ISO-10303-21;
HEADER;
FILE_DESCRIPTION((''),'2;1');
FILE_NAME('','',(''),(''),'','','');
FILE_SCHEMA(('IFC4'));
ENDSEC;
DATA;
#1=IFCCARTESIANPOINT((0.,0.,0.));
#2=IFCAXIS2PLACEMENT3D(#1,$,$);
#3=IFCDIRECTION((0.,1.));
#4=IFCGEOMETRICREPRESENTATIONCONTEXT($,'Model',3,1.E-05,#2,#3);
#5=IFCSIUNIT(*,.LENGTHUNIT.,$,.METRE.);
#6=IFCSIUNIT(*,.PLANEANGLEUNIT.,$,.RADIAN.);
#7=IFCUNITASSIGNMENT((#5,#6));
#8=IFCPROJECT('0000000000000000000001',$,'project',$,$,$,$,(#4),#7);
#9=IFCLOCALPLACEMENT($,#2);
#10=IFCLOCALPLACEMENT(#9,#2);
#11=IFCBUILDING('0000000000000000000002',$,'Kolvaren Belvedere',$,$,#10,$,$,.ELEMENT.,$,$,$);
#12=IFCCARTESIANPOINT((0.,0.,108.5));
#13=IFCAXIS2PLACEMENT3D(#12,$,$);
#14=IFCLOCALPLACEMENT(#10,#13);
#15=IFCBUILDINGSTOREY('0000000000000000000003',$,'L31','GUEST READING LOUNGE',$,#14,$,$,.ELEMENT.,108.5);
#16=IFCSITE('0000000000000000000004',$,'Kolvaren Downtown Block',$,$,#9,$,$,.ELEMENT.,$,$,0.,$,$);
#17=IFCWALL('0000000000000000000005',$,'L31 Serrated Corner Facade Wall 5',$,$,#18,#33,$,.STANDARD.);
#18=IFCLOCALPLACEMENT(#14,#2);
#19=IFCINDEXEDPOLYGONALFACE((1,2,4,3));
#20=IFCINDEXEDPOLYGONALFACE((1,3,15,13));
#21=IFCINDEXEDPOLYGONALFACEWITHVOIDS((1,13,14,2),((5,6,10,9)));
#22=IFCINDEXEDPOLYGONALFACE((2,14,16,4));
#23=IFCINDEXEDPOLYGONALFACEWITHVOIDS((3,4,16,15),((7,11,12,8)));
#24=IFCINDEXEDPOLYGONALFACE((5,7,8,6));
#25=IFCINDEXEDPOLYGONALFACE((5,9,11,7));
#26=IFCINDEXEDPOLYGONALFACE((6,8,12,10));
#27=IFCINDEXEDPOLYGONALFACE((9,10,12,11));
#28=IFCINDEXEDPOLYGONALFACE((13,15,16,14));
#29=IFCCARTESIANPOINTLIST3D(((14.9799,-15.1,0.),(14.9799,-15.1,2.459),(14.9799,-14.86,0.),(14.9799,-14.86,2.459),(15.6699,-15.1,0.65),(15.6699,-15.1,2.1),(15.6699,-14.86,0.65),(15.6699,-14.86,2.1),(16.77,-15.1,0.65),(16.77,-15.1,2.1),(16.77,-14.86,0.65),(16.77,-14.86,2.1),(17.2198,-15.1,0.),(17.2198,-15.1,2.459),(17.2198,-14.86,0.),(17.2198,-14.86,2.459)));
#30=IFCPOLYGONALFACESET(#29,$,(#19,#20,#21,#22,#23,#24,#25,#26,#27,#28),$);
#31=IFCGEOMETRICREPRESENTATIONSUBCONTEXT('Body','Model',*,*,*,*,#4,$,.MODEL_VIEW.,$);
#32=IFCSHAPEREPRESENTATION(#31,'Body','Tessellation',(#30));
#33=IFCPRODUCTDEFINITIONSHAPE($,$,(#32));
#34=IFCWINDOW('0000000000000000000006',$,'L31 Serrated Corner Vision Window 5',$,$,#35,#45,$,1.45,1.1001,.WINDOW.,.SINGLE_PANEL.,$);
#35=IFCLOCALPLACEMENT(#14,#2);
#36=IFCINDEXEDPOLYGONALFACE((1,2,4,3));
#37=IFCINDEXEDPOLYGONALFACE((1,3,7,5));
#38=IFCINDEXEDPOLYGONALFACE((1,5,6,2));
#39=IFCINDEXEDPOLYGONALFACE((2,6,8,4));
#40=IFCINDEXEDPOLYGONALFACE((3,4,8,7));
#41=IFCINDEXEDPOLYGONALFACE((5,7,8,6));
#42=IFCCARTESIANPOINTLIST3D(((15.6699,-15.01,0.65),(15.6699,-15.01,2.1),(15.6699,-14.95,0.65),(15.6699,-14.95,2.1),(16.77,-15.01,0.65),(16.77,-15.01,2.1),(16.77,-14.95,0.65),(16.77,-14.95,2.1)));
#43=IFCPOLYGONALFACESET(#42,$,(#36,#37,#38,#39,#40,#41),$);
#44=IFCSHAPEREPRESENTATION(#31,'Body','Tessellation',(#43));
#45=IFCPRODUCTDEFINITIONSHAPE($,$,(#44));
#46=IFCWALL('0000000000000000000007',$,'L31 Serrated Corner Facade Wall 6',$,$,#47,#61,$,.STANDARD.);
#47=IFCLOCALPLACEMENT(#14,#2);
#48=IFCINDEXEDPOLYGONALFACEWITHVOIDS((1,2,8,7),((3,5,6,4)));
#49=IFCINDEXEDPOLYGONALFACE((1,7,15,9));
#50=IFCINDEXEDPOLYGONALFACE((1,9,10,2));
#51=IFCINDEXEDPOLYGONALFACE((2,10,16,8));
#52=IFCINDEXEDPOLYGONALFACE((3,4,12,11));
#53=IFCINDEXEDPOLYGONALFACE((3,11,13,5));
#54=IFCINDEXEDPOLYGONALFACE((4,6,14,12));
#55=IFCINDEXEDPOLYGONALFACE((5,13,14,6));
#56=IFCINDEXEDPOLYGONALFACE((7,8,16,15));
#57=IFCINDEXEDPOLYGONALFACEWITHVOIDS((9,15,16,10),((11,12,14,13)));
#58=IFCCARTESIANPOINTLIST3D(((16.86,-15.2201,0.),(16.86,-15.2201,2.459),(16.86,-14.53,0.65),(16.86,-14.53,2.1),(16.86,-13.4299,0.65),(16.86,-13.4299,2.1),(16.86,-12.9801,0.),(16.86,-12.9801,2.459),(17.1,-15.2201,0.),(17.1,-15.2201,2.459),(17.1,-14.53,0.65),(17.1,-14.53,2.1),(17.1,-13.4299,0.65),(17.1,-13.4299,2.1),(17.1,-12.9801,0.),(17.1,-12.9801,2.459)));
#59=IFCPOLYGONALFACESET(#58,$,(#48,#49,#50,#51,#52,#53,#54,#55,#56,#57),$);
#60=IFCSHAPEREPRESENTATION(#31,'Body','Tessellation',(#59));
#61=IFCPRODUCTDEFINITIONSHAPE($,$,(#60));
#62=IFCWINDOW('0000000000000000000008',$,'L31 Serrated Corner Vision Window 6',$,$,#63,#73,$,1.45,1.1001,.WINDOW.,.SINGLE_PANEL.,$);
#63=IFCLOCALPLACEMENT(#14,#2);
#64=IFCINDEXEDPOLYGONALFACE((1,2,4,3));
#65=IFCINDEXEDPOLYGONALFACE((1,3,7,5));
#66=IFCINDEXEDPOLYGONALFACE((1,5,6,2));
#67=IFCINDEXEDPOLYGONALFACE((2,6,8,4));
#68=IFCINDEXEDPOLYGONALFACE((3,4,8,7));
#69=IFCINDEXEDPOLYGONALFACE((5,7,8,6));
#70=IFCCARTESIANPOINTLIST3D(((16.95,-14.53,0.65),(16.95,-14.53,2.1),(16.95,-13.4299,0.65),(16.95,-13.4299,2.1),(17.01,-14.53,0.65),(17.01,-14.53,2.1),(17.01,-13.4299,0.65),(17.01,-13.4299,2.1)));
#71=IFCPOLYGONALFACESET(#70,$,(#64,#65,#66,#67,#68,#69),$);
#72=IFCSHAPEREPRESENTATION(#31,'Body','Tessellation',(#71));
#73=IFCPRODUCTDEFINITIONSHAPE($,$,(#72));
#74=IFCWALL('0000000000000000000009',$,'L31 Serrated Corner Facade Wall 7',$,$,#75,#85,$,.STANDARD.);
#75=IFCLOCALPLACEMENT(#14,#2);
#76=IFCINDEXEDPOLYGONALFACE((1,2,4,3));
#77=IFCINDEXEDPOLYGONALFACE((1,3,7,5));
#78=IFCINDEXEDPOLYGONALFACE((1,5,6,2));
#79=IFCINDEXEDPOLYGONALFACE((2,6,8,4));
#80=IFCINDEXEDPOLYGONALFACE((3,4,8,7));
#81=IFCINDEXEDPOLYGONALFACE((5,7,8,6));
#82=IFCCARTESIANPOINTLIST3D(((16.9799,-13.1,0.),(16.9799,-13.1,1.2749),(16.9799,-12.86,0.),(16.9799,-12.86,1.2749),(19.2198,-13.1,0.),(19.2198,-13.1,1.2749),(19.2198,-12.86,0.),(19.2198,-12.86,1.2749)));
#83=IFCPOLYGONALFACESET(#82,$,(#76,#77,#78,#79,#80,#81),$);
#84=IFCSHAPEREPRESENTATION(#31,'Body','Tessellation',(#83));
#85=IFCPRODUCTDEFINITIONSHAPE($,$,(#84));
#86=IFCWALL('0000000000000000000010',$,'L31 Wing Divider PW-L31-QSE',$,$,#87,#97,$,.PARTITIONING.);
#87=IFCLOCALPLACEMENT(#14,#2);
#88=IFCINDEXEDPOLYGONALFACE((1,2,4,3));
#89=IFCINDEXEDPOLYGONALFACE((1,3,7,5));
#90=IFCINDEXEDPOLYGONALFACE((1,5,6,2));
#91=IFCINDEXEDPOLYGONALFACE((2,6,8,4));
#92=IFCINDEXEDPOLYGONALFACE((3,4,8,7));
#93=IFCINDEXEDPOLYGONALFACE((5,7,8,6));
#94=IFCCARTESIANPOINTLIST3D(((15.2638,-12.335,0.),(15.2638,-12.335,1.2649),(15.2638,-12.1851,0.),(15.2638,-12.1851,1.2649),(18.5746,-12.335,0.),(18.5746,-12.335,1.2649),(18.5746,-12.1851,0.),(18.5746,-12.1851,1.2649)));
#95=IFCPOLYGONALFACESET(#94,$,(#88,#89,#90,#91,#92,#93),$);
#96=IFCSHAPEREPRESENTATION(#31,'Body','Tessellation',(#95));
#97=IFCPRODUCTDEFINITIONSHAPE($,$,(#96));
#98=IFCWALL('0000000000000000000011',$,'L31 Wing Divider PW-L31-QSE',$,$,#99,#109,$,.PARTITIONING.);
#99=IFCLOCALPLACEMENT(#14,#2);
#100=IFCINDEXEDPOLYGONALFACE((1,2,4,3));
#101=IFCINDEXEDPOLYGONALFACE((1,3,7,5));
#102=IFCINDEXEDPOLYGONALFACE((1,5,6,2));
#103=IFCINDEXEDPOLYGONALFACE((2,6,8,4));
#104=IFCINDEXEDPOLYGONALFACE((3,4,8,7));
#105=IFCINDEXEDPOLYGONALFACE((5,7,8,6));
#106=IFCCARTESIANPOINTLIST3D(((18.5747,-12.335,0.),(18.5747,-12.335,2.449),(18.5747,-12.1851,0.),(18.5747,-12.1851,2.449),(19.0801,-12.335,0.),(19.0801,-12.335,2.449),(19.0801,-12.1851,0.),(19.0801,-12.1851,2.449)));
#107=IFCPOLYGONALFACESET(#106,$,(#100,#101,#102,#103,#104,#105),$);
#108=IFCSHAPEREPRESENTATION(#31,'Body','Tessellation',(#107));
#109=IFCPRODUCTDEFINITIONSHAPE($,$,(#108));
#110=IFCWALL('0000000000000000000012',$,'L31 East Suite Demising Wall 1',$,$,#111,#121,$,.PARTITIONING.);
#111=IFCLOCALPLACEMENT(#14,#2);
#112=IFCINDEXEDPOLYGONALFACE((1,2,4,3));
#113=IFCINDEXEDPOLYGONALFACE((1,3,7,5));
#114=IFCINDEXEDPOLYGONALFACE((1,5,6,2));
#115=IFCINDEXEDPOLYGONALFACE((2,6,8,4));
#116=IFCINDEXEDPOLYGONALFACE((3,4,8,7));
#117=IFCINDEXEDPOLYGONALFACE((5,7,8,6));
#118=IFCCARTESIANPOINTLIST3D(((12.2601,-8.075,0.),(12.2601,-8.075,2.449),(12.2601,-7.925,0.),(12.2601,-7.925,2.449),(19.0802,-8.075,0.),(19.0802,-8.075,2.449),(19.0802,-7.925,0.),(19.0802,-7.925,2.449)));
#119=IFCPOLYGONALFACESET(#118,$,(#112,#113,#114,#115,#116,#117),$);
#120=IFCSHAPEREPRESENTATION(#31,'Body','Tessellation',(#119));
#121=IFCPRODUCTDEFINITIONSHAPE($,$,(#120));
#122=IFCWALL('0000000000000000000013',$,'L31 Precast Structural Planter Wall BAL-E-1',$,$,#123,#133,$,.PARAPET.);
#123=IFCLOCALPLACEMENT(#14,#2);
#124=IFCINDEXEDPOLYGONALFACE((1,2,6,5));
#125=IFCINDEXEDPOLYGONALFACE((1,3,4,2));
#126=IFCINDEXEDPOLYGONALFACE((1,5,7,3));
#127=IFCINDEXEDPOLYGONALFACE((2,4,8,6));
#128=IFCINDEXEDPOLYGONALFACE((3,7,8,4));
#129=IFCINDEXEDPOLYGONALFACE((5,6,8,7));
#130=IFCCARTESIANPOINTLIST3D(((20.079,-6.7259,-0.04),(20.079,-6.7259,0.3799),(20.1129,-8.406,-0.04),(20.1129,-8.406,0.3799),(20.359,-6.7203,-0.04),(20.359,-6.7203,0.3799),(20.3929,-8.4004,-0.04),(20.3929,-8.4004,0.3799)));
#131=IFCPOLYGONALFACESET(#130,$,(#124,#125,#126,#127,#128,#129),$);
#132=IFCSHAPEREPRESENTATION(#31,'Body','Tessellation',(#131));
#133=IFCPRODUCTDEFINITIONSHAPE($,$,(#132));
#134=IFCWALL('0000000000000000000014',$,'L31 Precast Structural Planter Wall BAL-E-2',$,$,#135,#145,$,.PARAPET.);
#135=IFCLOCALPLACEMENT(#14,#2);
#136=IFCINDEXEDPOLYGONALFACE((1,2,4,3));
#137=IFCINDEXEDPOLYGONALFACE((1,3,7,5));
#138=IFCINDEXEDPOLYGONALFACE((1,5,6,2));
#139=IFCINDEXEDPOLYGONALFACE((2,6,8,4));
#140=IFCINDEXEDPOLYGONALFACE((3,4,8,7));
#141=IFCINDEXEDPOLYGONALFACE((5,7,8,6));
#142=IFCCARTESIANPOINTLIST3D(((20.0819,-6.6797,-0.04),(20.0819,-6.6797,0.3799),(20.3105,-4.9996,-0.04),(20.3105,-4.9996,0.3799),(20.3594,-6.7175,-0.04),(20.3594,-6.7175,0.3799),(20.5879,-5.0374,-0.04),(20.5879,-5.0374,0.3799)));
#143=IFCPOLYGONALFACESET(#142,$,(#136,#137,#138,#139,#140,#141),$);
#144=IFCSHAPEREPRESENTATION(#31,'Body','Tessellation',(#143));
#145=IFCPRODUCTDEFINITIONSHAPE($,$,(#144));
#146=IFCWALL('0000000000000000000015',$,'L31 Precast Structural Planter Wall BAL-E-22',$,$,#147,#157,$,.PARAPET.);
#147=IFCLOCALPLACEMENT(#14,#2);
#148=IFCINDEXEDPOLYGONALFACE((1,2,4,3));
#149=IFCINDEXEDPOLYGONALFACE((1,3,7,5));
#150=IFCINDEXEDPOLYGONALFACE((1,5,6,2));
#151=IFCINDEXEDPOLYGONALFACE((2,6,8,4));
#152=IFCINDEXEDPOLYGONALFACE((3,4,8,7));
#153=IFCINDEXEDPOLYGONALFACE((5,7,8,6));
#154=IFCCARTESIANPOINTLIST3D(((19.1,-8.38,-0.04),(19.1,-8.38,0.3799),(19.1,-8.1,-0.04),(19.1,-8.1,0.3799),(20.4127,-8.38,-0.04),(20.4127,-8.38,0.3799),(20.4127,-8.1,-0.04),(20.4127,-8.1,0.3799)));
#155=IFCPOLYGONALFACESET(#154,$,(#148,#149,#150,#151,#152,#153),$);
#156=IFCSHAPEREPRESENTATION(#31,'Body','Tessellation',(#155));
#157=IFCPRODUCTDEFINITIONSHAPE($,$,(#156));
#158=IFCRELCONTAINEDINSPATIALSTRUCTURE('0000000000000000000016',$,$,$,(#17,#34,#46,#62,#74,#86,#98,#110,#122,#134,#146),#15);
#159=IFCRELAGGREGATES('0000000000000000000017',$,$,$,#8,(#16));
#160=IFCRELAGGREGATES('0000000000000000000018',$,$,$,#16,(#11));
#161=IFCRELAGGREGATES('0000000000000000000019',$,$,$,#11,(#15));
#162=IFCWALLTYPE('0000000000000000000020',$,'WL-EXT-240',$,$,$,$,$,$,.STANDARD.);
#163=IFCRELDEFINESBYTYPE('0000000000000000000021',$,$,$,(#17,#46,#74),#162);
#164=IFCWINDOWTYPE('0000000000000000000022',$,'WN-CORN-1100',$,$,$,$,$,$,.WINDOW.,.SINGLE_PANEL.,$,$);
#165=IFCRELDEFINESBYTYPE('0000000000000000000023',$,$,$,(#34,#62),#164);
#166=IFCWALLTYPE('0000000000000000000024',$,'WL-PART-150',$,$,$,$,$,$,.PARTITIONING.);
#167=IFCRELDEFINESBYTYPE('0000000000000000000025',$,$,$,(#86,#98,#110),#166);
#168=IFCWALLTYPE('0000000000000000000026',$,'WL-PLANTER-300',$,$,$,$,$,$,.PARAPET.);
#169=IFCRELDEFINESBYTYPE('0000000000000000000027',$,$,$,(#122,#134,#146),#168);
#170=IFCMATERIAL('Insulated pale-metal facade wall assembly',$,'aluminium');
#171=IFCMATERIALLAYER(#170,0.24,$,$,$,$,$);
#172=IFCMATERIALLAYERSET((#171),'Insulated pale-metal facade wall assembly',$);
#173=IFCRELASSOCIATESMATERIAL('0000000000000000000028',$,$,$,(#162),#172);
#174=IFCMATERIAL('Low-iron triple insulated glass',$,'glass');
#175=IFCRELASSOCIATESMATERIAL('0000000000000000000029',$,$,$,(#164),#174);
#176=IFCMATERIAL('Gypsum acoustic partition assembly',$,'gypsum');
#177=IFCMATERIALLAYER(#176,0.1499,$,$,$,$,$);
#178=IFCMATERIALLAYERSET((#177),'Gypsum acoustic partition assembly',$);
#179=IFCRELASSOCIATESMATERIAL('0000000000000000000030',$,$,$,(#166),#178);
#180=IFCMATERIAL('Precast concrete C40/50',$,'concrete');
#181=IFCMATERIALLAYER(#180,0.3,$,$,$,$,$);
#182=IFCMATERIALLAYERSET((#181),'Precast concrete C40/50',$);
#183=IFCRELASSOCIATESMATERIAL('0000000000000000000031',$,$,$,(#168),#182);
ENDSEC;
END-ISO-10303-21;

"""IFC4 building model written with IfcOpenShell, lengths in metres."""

from ifc_helpers import new_model, si_unit, direction, frame, frame_2d, origin, place, context, subcontext, project, spatial, rectangle, extrude, material, layer, layer_set, type_object, element, fill, save


model = new_model("IFC4")

# Units and contexts
model_context = context("Model", 3, precision=1e-05, world=origin(), true_north=direction((0.0, 1.0)))
body_context = subcontext(model_context, "Body", "Model", "MODEL_VIEW")
ifc_project = project(units=[si_unit("LENGTHUNIT", "METRE"), si_unit("PLANEANGLEUNIT", "RADIAN")], contexts=[model_context])

# Site, building, storey
site_placement = place(None, origin())
site = spatial("IfcSite", under=ifc_project, at=site_placement, Name="Kolvaren Downtown Block", CompositionType="ELEMENT", RefElevation=0.0)
building_placement = place(site_placement, origin())
building = spatial("IfcBuilding", under=site, at=building_placement, Name="Kolvaren Belvedere", CompositionType="ELEMENT")
storey_placement = place(building_placement, frame((0.0, 0.0, 108.5)))
storey = spatial("IfcBuildingStorey", under=building, at=storey_placement, Name="L31", Description="GUEST READING LOUNGE", CompositionType="ELEMENT", Elevation=108.5)

# Shared definitions
ifc_material_1 = material(Name="Insulated pale-metal facade wall assembly", Category="aluminium")
ifc_layer_1 = layer(ifc_material_1, 0.24)
ifc_layer_set_1 = layer_set([ifc_layer_1], Name="Insulated pale-metal facade wall assembly")
wall_type_1 = type_object("IfcWallType", Name="WL-EXT-240", PredefinedType="STANDARD", material=ifc_layer_set_1)

# Walls, openings, windows
ifc_material_2 = material(Name="Low-iron triple insulated glass", Category="glass")
window_type = type_object("IfcWindowType", Name="WN-CORN-1100", PartitioningType="SINGLE_PANEL", PredefinedType="WINDOW", material=ifc_material_2)
wall_1_placement = place(storey_placement, frame((17.22, -14.98, 0.0), z_axis=(0.0, 0.0, 1.0), x_axis=(-1.0, 0.0, 0.0)))
wall_1 = element("IfcWall", 1, at=wall_1_placement, inside=storey, type_object=wall_type_1, Name="L31 Serrated Corner Facade Wall 5", PredefinedType="STANDARD", context=body_context, shape_type="SweptSolid", body=[
    extrude(rectangle(XDim=2.24, YDim=0.24, at=frame_2d((1.1201, 0.0))), origin(), (0.0, 0.0, 1.0), 2.459),
])
opening_1_placement = place(wall_1_placement, frame((0.45, 0.0, 0.6499)))
opening_1 = element("IfcOpeningElement", 2, at=opening_1_placement, cuts=wall_1, PredefinedType="OPENING", context=body_context, shape_type="SweptSolid", body=[
    extrude(rectangle(XDim=1.1001, YDim=1.45, at=frame_2d((0.55, 0.7251))), frame((0.0, 0.1299, 0.0), z_axis=(0.0, -1.0, 0.0), x_axis=(1.0, 0.0, 0.0)), (0.0, 0.0, 1.0), 0.26),
])
window_1_placement = place(opening_1_placement, origin())
window_1 = element("IfcWindow", 3, at=window_1_placement, inside=storey, type_object=window_type, Name="L31 Serrated Corner Vision Window 5", OverallHeight=1.45, OverallWidth=1.1001, PartitioningType="SINGLE_PANEL", PredefinedType="WINDOW", context=body_context, shape_type="SweptSolid", body=[
    extrude(rectangle(XDim=1.1001, YDim=1.45, at=frame_2d((0.55, 0.7251))), frame((0.0, 0.03, 0.0), z_axis=(0.0, -1.0, 0.0), x_axis=(1.0, 0.0, 0.0)), (0.0, 0.0, 1.0), 0.0601),
])
fill(opening_1, window_1)
wall_2_placement = place(storey_placement, frame((16.98, -12.98, 0.0), z_axis=(0.0, 0.0, 1.0), x_axis=(0.0, -1.0, 0.0)))
wall_2 = element("IfcWall", 4, at=wall_2_placement, inside=storey, type_object=wall_type_1, Name="L31 Serrated Corner Facade Wall 6", PredefinedType="STANDARD", context=body_context, shape_type="SweptSolid", body=[
    extrude(rectangle(XDim=2.24, YDim=0.24, at=frame_2d((1.1201, 0.0))), origin(), (0.0, 0.0, 1.0), 2.459),
])
opening_2_placement = place(wall_2_placement, frame((0.45, 0.0, 0.6499)))
opening_2 = element("IfcOpeningElement", 5, at=opening_2_placement, cuts=wall_2, PredefinedType="OPENING", context=body_context, shape_type="SweptSolid", body=[
    extrude(rectangle(XDim=1.1001, YDim=1.45, at=frame_2d((0.55, 0.7251))), frame((0.0, 0.1299, 0.0), z_axis=(0.0, -1.0, 0.0), x_axis=(1.0, 0.0, 0.0)), (0.0, 0.0, 1.0), 0.26),
])
window_2_placement = place(opening_2_placement, origin())
window_2 = element("IfcWindow", 6, at=window_2_placement, inside=storey, type_object=window_type, Name="L31 Serrated Corner Vision Window 6", OverallHeight=1.45, OverallWidth=1.1001, PartitioningType="SINGLE_PANEL", PredefinedType="WINDOW", context=body_context, shape_type="SweptSolid", body=[
    extrude(rectangle(XDim=1.1001, YDim=1.45, at=frame_2d((0.55, 0.7251))), frame((0.0, 0.03, 0.0), z_axis=(0.0, -1.0, 0.0), x_axis=(1.0, 0.0, 0.0)), (0.0, 0.0, 1.0), 0.0601),
])
fill(opening_2, window_2)

# Walls
wall_3_placement = place(storey_placement, frame((19.22, -12.98, 0.0), z_axis=(0.0, 0.0, 1.0), x_axis=(-1.0, 0.0, 0.0)))
element("IfcWall", 7, at=wall_3_placement, inside=storey, type_object=wall_type_1, Name="L31 Serrated Corner Facade Wall 7", PredefinedType="STANDARD", context=body_context, shape_type="SweptSolid", body=[
    extrude(rectangle(XDim=2.24, YDim=0.24, at=frame_2d((1.1201, 0.0))), origin(), (0.0, 0.0, 1.0), 1.2749),
])
ifc_material_3 = material(Name="Gypsum acoustic partition assembly", Category="gypsum")
ifc_layer_2 = layer(ifc_material_3, 0.1499)
ifc_layer_set_2 = layer_set([ifc_layer_2], Name="Gypsum acoustic partition assembly")
wall_type_2 = type_object("IfcWallType", Name="WL-PART-150", PredefinedType="PARTITIONING", material=ifc_layer_set_2)
wall_4_placement = place(storey_placement, frame((15.2639, -12.26, 0.0), z_axis=(0.0, 0.0, 1.0), x_axis=(1.0, 0.0, 0.0)))
element("IfcWall", 8, at=wall_4_placement, inside=storey, type_object=wall_type_2, Name="L31 Wing Divider PW-L31-QSE", PredefinedType="PARTITIONING", context=body_context, shape_type="SweptSolid", body=[
    extrude(rectangle(XDim=3.3108, YDim=0.1499, at=frame_2d((1.6553, 0.0))), origin(), (0.0, 0.0, 1.0), 1.2649),
])
wall_5_placement = place(storey_placement, frame((18.5747, -12.26, 0.0), z_axis=(0.0, 0.0, 1.0), x_axis=(1.0, 0.0, 0.0)))
element("IfcWall", 9, at=wall_5_placement, inside=storey, type_object=wall_type_2, Name="L31 Wing Divider PW-L31-QSE", PredefinedType="PARTITIONING", context=body_context, shape_type="SweptSolid", body=[
    extrude(rectangle(XDim=0.5054, YDim=0.1499, at=frame_2d((0.2527, 0.0))), origin(), (0.0, 0.0, 1.0), 2.449),
])
wall_6_placement = place(storey_placement, frame((12.26, -8.0, 0.0), z_axis=(0.0, 0.0, 1.0), x_axis=(1.0, 0.0, 0.0)))
element("IfcWall", 10, at=wall_6_placement, inside=storey, type_object=wall_type_2, Name="L31 East Suite Demising Wall 1", PredefinedType="PARTITIONING", context=body_context, shape_type="SweptSolid", body=[
    extrude(rectangle(XDim=6.8201, YDim=0.1499, at=frame_2d((3.4102, 0.0))), origin(), (0.0, 0.0, 1.0), 2.449),
])
ifc_material_4 = material(Name="Precast concrete C40/50", Category="concrete")
ifc_layer_3 = layer(ifc_material_4, 0.3)
ifc_layer_set_3 = layer_set([ifc_layer_3], Name="Precast concrete C40/50")
wall_type_3 = type_object("IfcWallType", Name="WL-PLANTER-300", PredefinedType="PARAPET", material=ifc_layer_set_3)
wall_7_placement = place(storey_placement, frame((20.2529, -8.4033, -0.04), z_axis=(0.0, 0.0, 1.0), x_axis=(-0.020193, 0.999796, 0.0)))
element("IfcWall", 11, at=wall_7_placement, inside=storey, type_object=wall_type_3, Name="L31 Precast Structural Planter Wall BAL-E-1", PredefinedType="PARAPET", context=body_context, shape_type="SweptSolid", body=[
    extrude(rectangle(XDim=1.6804, YDim=0.28, at=frame_2d((0.8403, 0.0))), origin(), (0.0, 0.0, 1.0), 0.4199),
])
wall_8_placement = place(storey_placement, frame((20.2207, -6.6985, -0.04), z_axis=(0.0, 0.0, 1.0), x_axis=(0.134766, 0.990877, 0.0)))
element("IfcWall", 12, at=wall_8_placement, inside=storey, type_object=wall_type_3, Name="L31 Precast Structural Planter Wall BAL-E-2", PredefinedType="PARAPET", context=body_context, shape_type="SweptSolid", body=[
    extrude(rectangle(XDim=1.6956, YDim=0.28, at=frame_2d((0.8477, 0.0))), origin(), (0.0, 0.0, 1.0), 0.4199),
])
wall_9_placement = place(storey_placement, frame((19.1001, -8.24, -0.04), z_axis=(0.0, 0.0, 1.0), x_axis=(1.0, 0.0, 0.0)))
element("IfcWall", 13, at=wall_9_placement, inside=storey, type_object=wall_type_3, Name="L31 Precast Structural Planter Wall BAL-E-22", PredefinedType="PARAPET", context=body_context, shape_type="SweptSolid", body=[
    extrude(rectangle(XDim=1.3127, YDim=0.28, at=frame_2d((0.6562, 0.0))), origin(), (0.0, 0.0, 1.0), 0.4199),
])

save(model, "model.ifc")
